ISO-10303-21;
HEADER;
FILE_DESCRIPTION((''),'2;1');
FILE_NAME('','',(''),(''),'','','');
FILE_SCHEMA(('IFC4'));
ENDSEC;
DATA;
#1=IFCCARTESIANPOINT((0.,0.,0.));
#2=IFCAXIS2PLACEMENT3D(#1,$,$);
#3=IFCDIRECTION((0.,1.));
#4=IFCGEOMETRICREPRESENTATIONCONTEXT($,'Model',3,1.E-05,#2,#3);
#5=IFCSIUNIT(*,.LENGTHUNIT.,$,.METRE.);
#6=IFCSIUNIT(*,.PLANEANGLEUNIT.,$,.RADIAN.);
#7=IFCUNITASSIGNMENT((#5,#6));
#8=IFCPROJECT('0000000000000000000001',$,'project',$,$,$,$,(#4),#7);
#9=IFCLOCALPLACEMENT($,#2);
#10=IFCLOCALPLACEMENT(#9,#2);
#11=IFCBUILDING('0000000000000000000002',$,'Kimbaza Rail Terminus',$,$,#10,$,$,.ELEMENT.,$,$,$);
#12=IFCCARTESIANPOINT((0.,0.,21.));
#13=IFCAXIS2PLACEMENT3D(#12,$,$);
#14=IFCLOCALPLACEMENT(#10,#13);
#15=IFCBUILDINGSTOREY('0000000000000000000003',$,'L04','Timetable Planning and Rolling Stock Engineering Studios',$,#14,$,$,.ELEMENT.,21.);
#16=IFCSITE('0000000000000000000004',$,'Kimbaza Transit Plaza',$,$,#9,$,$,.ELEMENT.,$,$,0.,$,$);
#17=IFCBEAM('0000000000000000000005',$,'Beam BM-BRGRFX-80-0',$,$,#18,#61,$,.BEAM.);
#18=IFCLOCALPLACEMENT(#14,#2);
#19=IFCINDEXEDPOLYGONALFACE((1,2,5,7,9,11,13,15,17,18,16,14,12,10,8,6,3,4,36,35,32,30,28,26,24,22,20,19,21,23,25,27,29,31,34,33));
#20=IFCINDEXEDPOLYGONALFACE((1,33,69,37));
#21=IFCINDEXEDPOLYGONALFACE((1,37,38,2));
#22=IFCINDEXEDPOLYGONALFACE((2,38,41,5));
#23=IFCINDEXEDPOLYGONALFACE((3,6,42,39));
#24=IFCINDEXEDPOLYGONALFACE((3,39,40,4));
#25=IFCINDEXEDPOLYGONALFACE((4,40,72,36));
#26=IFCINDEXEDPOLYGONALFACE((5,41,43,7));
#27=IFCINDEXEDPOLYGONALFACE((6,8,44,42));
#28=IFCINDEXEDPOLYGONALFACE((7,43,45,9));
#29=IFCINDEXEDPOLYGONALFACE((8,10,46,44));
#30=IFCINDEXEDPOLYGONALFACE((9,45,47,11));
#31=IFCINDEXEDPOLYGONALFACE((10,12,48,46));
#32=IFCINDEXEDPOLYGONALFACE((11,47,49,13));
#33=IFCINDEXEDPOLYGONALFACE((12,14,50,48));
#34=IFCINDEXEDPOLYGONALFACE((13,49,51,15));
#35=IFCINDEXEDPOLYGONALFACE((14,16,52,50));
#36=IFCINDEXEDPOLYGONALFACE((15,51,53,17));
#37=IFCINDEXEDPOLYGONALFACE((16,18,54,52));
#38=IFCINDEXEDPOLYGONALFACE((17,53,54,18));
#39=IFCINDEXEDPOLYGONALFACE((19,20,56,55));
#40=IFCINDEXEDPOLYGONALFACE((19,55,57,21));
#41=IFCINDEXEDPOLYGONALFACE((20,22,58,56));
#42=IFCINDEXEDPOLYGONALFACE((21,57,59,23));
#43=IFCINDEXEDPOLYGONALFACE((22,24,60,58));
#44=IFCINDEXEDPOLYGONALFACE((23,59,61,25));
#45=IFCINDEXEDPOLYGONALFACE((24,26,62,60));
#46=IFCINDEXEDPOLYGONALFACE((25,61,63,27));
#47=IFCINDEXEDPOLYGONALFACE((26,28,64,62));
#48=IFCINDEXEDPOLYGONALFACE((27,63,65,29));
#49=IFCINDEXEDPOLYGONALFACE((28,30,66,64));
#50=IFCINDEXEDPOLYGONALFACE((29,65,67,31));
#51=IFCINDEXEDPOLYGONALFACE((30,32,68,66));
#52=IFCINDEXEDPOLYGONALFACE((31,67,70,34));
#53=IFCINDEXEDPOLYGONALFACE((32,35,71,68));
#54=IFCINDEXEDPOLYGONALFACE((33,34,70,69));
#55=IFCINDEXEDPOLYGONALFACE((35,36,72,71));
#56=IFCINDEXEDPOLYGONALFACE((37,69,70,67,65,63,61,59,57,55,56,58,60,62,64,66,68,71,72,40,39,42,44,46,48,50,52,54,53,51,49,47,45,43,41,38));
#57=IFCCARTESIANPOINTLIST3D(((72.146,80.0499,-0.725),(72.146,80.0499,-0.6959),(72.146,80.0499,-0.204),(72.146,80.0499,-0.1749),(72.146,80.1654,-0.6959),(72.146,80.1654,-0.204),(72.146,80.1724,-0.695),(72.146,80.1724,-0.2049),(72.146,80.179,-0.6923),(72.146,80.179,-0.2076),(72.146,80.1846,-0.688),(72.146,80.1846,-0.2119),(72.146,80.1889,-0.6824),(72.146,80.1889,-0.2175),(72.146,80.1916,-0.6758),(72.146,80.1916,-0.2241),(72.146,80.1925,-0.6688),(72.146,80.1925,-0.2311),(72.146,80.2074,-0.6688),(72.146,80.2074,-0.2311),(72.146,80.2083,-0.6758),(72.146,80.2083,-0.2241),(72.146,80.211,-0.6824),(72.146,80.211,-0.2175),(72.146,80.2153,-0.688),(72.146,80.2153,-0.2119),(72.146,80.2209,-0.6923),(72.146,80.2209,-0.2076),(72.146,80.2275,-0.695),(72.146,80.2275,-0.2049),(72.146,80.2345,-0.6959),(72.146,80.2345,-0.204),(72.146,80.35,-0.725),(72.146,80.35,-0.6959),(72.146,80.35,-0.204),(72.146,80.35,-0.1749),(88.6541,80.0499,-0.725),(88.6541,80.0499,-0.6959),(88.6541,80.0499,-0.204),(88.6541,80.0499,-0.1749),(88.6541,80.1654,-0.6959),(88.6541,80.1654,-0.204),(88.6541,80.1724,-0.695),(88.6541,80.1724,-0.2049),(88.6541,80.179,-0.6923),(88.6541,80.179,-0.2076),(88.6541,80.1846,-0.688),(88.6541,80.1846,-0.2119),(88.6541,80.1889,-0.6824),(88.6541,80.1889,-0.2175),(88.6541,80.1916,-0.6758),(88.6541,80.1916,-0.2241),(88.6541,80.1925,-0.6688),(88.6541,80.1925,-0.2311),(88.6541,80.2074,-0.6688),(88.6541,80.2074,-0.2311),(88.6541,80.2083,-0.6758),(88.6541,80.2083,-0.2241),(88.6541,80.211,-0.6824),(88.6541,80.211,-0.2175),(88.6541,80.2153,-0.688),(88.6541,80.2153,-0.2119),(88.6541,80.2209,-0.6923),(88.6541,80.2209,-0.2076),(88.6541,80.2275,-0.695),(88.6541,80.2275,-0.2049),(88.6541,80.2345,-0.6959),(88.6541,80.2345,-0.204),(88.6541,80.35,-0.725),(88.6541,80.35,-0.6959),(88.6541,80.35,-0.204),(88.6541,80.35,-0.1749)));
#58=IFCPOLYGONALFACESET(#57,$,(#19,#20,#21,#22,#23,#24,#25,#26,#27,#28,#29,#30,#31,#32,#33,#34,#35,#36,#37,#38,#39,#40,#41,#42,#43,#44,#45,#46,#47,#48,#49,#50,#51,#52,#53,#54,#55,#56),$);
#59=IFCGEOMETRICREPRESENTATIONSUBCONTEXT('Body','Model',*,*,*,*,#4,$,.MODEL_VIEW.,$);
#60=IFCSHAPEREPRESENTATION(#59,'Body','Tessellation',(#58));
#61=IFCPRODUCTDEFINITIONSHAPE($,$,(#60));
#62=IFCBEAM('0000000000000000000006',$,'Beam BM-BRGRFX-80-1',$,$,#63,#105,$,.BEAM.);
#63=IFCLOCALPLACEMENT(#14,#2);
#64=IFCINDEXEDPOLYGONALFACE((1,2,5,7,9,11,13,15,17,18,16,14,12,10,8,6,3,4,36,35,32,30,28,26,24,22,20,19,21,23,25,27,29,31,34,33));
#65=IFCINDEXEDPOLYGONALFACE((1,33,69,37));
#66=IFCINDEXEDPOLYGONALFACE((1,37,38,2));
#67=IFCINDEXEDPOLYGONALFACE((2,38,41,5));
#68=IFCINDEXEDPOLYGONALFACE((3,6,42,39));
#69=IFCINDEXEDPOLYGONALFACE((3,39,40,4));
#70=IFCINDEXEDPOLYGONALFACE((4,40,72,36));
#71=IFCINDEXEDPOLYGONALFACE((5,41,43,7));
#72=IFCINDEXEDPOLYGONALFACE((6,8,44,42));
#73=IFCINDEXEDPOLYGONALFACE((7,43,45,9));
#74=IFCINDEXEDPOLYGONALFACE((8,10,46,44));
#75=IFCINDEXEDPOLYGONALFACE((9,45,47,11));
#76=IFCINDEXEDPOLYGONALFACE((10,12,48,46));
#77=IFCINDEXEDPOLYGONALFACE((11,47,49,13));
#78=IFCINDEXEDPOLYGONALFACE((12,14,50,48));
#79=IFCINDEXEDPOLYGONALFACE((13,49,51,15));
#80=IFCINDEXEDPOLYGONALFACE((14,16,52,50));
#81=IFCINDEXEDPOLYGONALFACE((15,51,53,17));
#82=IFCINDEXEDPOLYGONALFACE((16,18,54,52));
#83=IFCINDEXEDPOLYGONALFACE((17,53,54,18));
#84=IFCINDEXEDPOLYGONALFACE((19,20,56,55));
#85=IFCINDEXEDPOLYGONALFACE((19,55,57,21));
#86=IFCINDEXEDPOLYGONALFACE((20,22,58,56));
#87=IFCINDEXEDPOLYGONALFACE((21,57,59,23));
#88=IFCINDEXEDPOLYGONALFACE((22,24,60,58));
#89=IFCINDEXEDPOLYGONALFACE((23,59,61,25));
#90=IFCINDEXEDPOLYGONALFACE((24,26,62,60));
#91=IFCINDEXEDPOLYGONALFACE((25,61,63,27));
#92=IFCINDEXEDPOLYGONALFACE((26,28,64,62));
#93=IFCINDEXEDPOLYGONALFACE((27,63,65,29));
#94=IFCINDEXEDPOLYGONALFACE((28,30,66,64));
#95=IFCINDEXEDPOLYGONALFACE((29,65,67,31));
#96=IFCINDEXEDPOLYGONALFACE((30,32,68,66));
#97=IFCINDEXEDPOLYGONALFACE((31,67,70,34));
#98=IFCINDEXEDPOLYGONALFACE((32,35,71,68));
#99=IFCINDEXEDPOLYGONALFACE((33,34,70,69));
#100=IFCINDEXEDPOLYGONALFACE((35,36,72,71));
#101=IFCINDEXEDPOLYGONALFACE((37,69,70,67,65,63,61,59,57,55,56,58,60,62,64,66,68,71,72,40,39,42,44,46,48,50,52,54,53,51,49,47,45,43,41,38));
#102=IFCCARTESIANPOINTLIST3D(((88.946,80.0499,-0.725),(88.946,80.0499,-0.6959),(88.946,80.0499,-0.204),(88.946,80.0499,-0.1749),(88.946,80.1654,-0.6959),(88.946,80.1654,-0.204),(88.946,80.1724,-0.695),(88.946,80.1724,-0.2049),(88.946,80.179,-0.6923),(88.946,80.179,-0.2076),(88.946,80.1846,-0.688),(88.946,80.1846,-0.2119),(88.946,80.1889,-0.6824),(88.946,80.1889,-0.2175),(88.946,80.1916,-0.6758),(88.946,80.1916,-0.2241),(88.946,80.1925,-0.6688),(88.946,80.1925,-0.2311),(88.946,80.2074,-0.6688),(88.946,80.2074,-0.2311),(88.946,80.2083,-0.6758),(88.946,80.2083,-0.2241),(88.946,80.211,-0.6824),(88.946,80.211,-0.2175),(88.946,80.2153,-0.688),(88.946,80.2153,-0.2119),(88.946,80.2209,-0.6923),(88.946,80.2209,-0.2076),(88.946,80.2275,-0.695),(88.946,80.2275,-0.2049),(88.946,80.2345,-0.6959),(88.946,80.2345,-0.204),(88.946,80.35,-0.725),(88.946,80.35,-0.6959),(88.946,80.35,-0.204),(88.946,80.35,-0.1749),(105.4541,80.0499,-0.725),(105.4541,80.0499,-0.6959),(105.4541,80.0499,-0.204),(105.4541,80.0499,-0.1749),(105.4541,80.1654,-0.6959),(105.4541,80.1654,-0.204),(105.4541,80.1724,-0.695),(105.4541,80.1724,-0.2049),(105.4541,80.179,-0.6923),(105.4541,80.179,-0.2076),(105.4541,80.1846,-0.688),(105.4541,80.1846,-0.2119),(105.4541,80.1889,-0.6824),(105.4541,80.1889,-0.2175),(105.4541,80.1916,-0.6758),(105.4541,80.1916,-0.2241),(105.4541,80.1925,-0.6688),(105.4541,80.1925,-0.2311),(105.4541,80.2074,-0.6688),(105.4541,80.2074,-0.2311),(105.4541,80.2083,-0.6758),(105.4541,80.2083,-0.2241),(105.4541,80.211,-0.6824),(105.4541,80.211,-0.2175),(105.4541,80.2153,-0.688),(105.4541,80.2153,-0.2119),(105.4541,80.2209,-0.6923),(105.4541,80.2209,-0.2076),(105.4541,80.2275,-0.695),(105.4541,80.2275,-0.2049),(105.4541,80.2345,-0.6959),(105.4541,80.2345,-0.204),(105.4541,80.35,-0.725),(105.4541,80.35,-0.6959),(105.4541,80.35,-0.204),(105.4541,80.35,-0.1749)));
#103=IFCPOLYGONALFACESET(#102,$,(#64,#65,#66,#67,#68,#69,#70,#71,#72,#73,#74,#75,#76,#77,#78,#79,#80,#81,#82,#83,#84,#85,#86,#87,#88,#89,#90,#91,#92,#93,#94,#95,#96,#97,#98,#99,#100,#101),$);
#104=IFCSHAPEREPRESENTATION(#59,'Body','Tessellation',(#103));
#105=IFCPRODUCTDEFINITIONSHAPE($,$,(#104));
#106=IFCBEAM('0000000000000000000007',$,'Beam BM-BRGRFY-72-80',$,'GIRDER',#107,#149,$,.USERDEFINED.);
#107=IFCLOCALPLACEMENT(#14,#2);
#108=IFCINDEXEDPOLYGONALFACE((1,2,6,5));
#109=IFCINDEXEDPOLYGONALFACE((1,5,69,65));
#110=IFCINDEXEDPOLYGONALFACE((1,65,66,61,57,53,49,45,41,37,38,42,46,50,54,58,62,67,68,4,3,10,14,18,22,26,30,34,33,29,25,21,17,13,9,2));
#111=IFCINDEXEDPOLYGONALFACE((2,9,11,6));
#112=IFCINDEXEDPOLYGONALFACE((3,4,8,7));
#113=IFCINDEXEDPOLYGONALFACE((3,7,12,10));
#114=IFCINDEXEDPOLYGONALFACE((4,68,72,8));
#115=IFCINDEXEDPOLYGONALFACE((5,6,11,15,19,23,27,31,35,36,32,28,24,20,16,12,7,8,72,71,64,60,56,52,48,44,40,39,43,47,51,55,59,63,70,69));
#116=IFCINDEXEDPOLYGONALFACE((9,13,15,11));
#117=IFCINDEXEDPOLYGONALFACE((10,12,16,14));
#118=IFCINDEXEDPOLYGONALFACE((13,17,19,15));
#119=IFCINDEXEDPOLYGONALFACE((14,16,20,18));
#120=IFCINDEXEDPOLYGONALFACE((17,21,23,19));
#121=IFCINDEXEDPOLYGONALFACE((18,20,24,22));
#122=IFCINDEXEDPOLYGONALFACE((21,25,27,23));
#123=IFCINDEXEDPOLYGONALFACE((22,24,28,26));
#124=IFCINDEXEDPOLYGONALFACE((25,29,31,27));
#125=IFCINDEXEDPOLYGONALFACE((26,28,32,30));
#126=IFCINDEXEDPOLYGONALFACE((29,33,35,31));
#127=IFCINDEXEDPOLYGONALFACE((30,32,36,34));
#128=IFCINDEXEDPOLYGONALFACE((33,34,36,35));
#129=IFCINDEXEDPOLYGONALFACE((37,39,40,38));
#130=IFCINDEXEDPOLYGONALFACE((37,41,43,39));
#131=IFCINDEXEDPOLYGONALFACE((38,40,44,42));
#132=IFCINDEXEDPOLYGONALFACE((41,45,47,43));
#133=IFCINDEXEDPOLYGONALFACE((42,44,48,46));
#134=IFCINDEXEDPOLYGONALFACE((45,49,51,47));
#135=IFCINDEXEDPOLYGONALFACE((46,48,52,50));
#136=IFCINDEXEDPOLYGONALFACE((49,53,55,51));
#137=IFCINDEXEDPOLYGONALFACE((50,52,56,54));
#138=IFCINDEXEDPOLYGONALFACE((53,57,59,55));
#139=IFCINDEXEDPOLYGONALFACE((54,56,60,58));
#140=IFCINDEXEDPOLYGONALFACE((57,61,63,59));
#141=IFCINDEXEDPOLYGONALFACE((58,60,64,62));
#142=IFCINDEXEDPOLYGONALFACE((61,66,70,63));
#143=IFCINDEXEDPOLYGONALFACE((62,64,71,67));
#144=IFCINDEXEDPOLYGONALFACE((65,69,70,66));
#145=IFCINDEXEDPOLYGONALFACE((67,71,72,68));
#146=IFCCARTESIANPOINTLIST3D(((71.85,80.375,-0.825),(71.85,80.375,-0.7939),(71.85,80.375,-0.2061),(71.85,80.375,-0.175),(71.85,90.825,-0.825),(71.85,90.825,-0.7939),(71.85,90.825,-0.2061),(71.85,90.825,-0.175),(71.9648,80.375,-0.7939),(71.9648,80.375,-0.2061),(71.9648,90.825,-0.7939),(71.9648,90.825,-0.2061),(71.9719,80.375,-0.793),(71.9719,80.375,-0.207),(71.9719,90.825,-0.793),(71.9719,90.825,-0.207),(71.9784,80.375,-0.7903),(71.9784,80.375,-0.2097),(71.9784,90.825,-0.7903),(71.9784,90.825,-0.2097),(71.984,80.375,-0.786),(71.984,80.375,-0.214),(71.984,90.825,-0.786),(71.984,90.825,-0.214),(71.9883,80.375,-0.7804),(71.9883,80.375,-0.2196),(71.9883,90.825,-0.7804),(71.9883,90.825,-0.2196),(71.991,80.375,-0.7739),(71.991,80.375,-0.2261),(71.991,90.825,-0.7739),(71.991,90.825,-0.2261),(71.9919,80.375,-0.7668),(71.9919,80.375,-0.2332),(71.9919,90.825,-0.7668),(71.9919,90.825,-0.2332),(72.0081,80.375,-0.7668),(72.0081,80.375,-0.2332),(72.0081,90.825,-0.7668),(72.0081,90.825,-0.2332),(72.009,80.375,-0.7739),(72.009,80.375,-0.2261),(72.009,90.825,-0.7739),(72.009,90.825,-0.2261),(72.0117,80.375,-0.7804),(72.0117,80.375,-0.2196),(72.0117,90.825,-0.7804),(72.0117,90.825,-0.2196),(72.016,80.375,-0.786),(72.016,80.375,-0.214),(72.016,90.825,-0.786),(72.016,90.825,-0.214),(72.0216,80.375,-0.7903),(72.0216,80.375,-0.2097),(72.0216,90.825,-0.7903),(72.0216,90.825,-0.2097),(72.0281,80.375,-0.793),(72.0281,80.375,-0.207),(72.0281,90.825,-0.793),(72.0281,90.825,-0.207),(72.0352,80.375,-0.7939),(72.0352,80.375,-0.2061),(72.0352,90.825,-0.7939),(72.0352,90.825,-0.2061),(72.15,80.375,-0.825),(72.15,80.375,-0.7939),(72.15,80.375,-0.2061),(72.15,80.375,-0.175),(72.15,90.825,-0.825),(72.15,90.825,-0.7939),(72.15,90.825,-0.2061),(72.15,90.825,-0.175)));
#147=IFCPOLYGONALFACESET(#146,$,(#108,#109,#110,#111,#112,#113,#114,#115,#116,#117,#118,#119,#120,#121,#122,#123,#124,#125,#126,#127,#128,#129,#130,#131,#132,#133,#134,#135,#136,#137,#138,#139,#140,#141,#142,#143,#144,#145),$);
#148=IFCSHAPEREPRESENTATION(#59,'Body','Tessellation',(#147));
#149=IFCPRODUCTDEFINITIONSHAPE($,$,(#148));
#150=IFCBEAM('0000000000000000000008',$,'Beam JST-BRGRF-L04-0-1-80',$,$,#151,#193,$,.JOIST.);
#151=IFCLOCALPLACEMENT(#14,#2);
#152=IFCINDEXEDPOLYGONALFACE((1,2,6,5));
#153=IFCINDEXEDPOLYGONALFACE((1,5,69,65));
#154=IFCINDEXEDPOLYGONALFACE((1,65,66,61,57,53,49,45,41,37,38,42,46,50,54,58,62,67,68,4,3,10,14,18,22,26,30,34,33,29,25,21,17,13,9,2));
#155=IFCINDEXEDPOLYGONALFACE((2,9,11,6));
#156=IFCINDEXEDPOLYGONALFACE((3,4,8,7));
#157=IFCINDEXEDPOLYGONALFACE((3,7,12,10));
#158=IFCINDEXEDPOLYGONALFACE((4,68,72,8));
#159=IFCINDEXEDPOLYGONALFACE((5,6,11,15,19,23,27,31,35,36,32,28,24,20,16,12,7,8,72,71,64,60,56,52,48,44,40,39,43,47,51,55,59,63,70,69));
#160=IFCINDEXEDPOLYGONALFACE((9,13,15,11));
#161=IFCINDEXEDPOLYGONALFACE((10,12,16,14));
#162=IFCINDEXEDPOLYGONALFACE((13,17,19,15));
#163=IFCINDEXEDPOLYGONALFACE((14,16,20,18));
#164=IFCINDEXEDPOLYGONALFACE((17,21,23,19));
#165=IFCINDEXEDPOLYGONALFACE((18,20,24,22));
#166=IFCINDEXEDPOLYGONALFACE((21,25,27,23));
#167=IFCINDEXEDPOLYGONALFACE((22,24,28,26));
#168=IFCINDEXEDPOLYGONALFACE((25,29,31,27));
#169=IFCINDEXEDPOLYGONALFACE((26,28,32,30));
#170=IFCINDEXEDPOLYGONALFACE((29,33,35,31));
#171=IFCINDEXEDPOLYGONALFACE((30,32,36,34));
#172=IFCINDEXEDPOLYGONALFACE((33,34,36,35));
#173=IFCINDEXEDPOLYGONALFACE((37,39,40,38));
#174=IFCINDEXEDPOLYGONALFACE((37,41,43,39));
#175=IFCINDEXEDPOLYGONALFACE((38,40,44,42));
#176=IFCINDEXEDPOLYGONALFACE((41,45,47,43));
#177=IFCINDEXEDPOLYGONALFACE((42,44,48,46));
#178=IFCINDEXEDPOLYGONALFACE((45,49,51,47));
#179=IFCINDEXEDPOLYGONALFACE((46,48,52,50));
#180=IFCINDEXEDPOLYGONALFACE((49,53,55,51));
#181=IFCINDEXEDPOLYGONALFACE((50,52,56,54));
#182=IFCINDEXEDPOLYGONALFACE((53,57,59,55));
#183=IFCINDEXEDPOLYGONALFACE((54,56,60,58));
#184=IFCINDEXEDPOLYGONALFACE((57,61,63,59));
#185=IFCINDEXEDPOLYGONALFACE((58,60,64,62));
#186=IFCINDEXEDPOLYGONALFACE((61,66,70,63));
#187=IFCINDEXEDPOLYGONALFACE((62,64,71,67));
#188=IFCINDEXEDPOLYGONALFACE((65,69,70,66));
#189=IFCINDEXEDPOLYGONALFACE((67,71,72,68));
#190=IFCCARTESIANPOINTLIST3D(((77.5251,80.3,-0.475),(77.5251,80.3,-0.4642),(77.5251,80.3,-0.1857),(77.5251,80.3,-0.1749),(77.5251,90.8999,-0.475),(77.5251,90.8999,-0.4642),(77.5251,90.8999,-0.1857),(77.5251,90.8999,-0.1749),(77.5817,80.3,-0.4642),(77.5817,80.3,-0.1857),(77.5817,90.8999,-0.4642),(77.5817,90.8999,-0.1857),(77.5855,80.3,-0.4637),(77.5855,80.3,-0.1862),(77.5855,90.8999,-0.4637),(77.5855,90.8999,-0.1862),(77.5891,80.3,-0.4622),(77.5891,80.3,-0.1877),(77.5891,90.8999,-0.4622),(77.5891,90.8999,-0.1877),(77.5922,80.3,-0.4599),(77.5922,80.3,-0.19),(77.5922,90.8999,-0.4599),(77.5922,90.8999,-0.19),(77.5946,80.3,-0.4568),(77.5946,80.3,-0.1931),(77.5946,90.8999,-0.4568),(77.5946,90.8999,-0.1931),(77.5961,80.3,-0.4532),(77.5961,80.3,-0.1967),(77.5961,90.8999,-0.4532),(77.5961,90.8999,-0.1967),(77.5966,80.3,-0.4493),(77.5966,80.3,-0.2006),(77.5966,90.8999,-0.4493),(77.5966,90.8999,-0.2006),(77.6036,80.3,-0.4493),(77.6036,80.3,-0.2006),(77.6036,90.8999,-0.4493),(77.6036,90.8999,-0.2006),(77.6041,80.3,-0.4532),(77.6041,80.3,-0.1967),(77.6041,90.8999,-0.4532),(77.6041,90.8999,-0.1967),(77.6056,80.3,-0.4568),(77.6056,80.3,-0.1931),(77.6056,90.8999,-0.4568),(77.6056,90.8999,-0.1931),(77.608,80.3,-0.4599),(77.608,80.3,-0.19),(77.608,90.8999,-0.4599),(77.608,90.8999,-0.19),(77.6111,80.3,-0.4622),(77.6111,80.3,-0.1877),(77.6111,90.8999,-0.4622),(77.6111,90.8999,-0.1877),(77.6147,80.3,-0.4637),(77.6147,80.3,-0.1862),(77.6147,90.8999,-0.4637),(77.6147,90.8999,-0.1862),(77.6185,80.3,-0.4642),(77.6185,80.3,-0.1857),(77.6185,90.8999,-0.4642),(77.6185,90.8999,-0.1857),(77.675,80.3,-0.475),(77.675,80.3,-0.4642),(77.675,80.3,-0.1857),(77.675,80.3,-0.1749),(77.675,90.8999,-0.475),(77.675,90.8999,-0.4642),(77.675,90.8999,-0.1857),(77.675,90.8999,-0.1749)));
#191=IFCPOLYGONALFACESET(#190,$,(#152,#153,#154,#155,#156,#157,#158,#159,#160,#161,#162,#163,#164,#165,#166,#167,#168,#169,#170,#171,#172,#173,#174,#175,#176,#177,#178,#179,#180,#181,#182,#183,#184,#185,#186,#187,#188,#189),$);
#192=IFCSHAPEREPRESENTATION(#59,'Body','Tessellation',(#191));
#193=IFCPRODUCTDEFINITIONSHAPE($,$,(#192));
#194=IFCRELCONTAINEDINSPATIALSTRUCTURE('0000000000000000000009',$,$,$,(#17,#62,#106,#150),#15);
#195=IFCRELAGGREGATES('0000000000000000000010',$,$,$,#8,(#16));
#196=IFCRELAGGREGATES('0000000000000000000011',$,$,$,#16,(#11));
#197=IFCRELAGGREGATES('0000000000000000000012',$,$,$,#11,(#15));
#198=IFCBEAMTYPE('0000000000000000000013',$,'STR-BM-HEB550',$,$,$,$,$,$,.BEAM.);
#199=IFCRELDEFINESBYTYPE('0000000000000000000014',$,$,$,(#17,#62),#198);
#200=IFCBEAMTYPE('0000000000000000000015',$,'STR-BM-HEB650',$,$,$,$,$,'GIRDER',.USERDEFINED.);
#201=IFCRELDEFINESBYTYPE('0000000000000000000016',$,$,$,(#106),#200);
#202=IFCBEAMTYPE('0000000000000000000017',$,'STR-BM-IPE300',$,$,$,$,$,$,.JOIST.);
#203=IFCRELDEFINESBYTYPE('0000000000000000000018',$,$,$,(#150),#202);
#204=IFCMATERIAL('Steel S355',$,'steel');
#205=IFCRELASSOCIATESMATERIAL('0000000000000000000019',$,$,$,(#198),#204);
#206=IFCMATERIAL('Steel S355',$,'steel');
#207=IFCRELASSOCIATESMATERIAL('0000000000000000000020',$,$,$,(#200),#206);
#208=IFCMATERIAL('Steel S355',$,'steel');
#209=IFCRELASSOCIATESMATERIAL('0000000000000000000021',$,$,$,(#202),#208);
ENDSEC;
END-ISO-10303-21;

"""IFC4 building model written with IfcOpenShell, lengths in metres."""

from ifc_helpers import new_model, si_unit, direction, frame, origin, origin_2d, place, context, subcontext, project, spatial, i_section, extrude, material, material_profile, profile_set, type_object, element, save


model = new_model("IFC4")

# Units and contexts
model_context = context("Model", 3, precision=1e-05, world=origin(), true_north=direction((0.0, 1.0)))
body_context = subcontext(model_context, "Body", "Model", "MODEL_VIEW")
ifc_project = project(units=[si_unit("LENGTHUNIT", "METRE"), si_unit("PLANEANGLEUNIT", "RADIAN")], contexts=[model_context])

# Site, building, storey
site_placement = place(None, origin())
site = spatial("IfcSite", under=ifc_project, at=site_placement, Name="Kimbaza Transit Plaza", CompositionType="ELEMENT", RefElevation=0.0)
building_placement = place(site_placement, origin())
building = spatial("IfcBuilding", under=site, at=building_placement, Name="Kimbaza Rail Terminus", CompositionType="ELEMENT")
storey_placement = place(building_placement, frame((0.0, 0.0, 21.0)))
storey = spatial("IfcBuildingStorey", under=building, at=storey_placement, Name="L04", Description="Timetable Planning and Rolling Stock Engineering Studios", CompositionType="ELEMENT", Elevation=21.0)

# Beams
ifc_material_1 = material(Name="Steel S355", Category="steel")
ifc_material_profile_1 = material_profile(ifc_material_1, i_section(OverallWidth=0.3, OverallDepth=0.55, WebThickness=0.0149, FlangeThickness=0.0291, FilletRadius=0.0271, at=origin_2d()), Name="HEB 550")
ifc_profile_set_1 = profile_set([ifc_material_profile_1], Name="Steel S355")
beam_type_1 = type_object("IfcBeamType", Name="STR-BM-HEB550", PredefinedType="BEAM", material=ifc_profile_set_1)
for number, where, z_axis, x_axis, name in (
    (1, (72.146, 80.2, -0.45), (1.0, 0.0, 0.0), (0.0, 1.0, 0.0), "Beam BM-BRGRFX-80-0"),
    (2, (88.946, 80.2, -0.45), (1.0, 0.0, 0.0), (0.0, 1.0, 0.0), "Beam BM-BRGRFX-80-1"),
):
    element("IfcBeam", number, at=place(storey_placement, frame(where, z_axis=z_axis, x_axis=x_axis)), inside=storey, type_object=beam_type_1, Name=name, PredefinedType="BEAM", context=body_context, shape_type="SweptSolid", body=[
        extrude(i_section(OverallWidth=0.3, OverallDepth=0.55, WebThickness=0.0149, FlangeThickness=0.0291, FilletRadius=0.0271, at=origin_2d()), origin(), (0.0, 0.0, 1.0), 16.5081),
    ])
ifc_material_2 = material(Name="Steel S355", Category="steel")
ifc_material_profile_2 = material_profile(ifc_material_2, i_section(OverallWidth=0.3, OverallDepth=0.6499, WebThickness=0.0161, FlangeThickness=0.031, FilletRadius=0.0271, at=origin_2d()), Name="HEB 650")
ifc_profile_set_2 = profile_set([ifc_material_profile_2], Name="Steel S355")
beam_type_2 = type_object("IfcBeamType", Name="STR-BM-HEB650", ElementType="GIRDER", PredefinedType="USERDEFINED", material=ifc_profile_set_2)
beam_placement = place(storey_placement, frame((72.0, 80.375, -0.5), z_axis=(0.0, 1.0, 0.0), x_axis=(-1.0, 0.0, 0.0)))
element("IfcBeam", 3, at=beam_placement, inside=storey, type_object=beam_type_2, Name="Beam BM-BRGRFY-72-80", ObjectType="GIRDER", PredefinedType="USERDEFINED", context=body_context, shape_type="SweptSolid", body=[
    extrude(i_section(OverallWidth=0.3, OverallDepth=0.6499, WebThickness=0.0161, FlangeThickness=0.031, FilletRadius=0.0271, at=origin_2d()), origin(), (0.0, 0.0, 1.0), 10.45),
])
ifc_material_3 = material(Name="Steel S355", Category="steel")
ifc_material_profile_3 = material_profile(ifc_material_3, i_section(OverallWidth=0.1499, OverallDepth=0.3, WebThickness=0.0071, FlangeThickness=0.0107, FilletRadius=0.0149, at=origin_2d()), Name="IPE 300")
ifc_profile_set_3 = profile_set([ifc_material_profile_3], Name="Steel S355")
beam_type_3 = type_object("IfcBeamType", Name="STR-BM-IPE300", PredefinedType="JOIST", material=ifc_profile_set_3)
for number, where, z_axis, x_axis, name in (
    (4, (77.6001, 80.3, -0.325), (0.0, 1.0, 0.0), (-1.0, 0.0, 0.0), "Beam JST-BRGRF-L04-0-1-80"),
):
    element("IfcBeam", number, at=place(storey_placement, frame(where, z_axis=z_axis, x_axis=x_axis)), inside=storey, type_object=beam_type_3, Name=name, PredefinedType="JOIST", context=body_context, shape_type="SweptSolid", body=[
        extrude(i_section(OverallWidth=0.1499, OverallDepth=0.3, WebThickness=0.0071, FlangeThickness=0.0107, FilletRadius=0.0149, at=origin_2d()), origin(), (0.0, 0.0, 1.0), 10.5999),
    ])

save(model, "model.ifc")
